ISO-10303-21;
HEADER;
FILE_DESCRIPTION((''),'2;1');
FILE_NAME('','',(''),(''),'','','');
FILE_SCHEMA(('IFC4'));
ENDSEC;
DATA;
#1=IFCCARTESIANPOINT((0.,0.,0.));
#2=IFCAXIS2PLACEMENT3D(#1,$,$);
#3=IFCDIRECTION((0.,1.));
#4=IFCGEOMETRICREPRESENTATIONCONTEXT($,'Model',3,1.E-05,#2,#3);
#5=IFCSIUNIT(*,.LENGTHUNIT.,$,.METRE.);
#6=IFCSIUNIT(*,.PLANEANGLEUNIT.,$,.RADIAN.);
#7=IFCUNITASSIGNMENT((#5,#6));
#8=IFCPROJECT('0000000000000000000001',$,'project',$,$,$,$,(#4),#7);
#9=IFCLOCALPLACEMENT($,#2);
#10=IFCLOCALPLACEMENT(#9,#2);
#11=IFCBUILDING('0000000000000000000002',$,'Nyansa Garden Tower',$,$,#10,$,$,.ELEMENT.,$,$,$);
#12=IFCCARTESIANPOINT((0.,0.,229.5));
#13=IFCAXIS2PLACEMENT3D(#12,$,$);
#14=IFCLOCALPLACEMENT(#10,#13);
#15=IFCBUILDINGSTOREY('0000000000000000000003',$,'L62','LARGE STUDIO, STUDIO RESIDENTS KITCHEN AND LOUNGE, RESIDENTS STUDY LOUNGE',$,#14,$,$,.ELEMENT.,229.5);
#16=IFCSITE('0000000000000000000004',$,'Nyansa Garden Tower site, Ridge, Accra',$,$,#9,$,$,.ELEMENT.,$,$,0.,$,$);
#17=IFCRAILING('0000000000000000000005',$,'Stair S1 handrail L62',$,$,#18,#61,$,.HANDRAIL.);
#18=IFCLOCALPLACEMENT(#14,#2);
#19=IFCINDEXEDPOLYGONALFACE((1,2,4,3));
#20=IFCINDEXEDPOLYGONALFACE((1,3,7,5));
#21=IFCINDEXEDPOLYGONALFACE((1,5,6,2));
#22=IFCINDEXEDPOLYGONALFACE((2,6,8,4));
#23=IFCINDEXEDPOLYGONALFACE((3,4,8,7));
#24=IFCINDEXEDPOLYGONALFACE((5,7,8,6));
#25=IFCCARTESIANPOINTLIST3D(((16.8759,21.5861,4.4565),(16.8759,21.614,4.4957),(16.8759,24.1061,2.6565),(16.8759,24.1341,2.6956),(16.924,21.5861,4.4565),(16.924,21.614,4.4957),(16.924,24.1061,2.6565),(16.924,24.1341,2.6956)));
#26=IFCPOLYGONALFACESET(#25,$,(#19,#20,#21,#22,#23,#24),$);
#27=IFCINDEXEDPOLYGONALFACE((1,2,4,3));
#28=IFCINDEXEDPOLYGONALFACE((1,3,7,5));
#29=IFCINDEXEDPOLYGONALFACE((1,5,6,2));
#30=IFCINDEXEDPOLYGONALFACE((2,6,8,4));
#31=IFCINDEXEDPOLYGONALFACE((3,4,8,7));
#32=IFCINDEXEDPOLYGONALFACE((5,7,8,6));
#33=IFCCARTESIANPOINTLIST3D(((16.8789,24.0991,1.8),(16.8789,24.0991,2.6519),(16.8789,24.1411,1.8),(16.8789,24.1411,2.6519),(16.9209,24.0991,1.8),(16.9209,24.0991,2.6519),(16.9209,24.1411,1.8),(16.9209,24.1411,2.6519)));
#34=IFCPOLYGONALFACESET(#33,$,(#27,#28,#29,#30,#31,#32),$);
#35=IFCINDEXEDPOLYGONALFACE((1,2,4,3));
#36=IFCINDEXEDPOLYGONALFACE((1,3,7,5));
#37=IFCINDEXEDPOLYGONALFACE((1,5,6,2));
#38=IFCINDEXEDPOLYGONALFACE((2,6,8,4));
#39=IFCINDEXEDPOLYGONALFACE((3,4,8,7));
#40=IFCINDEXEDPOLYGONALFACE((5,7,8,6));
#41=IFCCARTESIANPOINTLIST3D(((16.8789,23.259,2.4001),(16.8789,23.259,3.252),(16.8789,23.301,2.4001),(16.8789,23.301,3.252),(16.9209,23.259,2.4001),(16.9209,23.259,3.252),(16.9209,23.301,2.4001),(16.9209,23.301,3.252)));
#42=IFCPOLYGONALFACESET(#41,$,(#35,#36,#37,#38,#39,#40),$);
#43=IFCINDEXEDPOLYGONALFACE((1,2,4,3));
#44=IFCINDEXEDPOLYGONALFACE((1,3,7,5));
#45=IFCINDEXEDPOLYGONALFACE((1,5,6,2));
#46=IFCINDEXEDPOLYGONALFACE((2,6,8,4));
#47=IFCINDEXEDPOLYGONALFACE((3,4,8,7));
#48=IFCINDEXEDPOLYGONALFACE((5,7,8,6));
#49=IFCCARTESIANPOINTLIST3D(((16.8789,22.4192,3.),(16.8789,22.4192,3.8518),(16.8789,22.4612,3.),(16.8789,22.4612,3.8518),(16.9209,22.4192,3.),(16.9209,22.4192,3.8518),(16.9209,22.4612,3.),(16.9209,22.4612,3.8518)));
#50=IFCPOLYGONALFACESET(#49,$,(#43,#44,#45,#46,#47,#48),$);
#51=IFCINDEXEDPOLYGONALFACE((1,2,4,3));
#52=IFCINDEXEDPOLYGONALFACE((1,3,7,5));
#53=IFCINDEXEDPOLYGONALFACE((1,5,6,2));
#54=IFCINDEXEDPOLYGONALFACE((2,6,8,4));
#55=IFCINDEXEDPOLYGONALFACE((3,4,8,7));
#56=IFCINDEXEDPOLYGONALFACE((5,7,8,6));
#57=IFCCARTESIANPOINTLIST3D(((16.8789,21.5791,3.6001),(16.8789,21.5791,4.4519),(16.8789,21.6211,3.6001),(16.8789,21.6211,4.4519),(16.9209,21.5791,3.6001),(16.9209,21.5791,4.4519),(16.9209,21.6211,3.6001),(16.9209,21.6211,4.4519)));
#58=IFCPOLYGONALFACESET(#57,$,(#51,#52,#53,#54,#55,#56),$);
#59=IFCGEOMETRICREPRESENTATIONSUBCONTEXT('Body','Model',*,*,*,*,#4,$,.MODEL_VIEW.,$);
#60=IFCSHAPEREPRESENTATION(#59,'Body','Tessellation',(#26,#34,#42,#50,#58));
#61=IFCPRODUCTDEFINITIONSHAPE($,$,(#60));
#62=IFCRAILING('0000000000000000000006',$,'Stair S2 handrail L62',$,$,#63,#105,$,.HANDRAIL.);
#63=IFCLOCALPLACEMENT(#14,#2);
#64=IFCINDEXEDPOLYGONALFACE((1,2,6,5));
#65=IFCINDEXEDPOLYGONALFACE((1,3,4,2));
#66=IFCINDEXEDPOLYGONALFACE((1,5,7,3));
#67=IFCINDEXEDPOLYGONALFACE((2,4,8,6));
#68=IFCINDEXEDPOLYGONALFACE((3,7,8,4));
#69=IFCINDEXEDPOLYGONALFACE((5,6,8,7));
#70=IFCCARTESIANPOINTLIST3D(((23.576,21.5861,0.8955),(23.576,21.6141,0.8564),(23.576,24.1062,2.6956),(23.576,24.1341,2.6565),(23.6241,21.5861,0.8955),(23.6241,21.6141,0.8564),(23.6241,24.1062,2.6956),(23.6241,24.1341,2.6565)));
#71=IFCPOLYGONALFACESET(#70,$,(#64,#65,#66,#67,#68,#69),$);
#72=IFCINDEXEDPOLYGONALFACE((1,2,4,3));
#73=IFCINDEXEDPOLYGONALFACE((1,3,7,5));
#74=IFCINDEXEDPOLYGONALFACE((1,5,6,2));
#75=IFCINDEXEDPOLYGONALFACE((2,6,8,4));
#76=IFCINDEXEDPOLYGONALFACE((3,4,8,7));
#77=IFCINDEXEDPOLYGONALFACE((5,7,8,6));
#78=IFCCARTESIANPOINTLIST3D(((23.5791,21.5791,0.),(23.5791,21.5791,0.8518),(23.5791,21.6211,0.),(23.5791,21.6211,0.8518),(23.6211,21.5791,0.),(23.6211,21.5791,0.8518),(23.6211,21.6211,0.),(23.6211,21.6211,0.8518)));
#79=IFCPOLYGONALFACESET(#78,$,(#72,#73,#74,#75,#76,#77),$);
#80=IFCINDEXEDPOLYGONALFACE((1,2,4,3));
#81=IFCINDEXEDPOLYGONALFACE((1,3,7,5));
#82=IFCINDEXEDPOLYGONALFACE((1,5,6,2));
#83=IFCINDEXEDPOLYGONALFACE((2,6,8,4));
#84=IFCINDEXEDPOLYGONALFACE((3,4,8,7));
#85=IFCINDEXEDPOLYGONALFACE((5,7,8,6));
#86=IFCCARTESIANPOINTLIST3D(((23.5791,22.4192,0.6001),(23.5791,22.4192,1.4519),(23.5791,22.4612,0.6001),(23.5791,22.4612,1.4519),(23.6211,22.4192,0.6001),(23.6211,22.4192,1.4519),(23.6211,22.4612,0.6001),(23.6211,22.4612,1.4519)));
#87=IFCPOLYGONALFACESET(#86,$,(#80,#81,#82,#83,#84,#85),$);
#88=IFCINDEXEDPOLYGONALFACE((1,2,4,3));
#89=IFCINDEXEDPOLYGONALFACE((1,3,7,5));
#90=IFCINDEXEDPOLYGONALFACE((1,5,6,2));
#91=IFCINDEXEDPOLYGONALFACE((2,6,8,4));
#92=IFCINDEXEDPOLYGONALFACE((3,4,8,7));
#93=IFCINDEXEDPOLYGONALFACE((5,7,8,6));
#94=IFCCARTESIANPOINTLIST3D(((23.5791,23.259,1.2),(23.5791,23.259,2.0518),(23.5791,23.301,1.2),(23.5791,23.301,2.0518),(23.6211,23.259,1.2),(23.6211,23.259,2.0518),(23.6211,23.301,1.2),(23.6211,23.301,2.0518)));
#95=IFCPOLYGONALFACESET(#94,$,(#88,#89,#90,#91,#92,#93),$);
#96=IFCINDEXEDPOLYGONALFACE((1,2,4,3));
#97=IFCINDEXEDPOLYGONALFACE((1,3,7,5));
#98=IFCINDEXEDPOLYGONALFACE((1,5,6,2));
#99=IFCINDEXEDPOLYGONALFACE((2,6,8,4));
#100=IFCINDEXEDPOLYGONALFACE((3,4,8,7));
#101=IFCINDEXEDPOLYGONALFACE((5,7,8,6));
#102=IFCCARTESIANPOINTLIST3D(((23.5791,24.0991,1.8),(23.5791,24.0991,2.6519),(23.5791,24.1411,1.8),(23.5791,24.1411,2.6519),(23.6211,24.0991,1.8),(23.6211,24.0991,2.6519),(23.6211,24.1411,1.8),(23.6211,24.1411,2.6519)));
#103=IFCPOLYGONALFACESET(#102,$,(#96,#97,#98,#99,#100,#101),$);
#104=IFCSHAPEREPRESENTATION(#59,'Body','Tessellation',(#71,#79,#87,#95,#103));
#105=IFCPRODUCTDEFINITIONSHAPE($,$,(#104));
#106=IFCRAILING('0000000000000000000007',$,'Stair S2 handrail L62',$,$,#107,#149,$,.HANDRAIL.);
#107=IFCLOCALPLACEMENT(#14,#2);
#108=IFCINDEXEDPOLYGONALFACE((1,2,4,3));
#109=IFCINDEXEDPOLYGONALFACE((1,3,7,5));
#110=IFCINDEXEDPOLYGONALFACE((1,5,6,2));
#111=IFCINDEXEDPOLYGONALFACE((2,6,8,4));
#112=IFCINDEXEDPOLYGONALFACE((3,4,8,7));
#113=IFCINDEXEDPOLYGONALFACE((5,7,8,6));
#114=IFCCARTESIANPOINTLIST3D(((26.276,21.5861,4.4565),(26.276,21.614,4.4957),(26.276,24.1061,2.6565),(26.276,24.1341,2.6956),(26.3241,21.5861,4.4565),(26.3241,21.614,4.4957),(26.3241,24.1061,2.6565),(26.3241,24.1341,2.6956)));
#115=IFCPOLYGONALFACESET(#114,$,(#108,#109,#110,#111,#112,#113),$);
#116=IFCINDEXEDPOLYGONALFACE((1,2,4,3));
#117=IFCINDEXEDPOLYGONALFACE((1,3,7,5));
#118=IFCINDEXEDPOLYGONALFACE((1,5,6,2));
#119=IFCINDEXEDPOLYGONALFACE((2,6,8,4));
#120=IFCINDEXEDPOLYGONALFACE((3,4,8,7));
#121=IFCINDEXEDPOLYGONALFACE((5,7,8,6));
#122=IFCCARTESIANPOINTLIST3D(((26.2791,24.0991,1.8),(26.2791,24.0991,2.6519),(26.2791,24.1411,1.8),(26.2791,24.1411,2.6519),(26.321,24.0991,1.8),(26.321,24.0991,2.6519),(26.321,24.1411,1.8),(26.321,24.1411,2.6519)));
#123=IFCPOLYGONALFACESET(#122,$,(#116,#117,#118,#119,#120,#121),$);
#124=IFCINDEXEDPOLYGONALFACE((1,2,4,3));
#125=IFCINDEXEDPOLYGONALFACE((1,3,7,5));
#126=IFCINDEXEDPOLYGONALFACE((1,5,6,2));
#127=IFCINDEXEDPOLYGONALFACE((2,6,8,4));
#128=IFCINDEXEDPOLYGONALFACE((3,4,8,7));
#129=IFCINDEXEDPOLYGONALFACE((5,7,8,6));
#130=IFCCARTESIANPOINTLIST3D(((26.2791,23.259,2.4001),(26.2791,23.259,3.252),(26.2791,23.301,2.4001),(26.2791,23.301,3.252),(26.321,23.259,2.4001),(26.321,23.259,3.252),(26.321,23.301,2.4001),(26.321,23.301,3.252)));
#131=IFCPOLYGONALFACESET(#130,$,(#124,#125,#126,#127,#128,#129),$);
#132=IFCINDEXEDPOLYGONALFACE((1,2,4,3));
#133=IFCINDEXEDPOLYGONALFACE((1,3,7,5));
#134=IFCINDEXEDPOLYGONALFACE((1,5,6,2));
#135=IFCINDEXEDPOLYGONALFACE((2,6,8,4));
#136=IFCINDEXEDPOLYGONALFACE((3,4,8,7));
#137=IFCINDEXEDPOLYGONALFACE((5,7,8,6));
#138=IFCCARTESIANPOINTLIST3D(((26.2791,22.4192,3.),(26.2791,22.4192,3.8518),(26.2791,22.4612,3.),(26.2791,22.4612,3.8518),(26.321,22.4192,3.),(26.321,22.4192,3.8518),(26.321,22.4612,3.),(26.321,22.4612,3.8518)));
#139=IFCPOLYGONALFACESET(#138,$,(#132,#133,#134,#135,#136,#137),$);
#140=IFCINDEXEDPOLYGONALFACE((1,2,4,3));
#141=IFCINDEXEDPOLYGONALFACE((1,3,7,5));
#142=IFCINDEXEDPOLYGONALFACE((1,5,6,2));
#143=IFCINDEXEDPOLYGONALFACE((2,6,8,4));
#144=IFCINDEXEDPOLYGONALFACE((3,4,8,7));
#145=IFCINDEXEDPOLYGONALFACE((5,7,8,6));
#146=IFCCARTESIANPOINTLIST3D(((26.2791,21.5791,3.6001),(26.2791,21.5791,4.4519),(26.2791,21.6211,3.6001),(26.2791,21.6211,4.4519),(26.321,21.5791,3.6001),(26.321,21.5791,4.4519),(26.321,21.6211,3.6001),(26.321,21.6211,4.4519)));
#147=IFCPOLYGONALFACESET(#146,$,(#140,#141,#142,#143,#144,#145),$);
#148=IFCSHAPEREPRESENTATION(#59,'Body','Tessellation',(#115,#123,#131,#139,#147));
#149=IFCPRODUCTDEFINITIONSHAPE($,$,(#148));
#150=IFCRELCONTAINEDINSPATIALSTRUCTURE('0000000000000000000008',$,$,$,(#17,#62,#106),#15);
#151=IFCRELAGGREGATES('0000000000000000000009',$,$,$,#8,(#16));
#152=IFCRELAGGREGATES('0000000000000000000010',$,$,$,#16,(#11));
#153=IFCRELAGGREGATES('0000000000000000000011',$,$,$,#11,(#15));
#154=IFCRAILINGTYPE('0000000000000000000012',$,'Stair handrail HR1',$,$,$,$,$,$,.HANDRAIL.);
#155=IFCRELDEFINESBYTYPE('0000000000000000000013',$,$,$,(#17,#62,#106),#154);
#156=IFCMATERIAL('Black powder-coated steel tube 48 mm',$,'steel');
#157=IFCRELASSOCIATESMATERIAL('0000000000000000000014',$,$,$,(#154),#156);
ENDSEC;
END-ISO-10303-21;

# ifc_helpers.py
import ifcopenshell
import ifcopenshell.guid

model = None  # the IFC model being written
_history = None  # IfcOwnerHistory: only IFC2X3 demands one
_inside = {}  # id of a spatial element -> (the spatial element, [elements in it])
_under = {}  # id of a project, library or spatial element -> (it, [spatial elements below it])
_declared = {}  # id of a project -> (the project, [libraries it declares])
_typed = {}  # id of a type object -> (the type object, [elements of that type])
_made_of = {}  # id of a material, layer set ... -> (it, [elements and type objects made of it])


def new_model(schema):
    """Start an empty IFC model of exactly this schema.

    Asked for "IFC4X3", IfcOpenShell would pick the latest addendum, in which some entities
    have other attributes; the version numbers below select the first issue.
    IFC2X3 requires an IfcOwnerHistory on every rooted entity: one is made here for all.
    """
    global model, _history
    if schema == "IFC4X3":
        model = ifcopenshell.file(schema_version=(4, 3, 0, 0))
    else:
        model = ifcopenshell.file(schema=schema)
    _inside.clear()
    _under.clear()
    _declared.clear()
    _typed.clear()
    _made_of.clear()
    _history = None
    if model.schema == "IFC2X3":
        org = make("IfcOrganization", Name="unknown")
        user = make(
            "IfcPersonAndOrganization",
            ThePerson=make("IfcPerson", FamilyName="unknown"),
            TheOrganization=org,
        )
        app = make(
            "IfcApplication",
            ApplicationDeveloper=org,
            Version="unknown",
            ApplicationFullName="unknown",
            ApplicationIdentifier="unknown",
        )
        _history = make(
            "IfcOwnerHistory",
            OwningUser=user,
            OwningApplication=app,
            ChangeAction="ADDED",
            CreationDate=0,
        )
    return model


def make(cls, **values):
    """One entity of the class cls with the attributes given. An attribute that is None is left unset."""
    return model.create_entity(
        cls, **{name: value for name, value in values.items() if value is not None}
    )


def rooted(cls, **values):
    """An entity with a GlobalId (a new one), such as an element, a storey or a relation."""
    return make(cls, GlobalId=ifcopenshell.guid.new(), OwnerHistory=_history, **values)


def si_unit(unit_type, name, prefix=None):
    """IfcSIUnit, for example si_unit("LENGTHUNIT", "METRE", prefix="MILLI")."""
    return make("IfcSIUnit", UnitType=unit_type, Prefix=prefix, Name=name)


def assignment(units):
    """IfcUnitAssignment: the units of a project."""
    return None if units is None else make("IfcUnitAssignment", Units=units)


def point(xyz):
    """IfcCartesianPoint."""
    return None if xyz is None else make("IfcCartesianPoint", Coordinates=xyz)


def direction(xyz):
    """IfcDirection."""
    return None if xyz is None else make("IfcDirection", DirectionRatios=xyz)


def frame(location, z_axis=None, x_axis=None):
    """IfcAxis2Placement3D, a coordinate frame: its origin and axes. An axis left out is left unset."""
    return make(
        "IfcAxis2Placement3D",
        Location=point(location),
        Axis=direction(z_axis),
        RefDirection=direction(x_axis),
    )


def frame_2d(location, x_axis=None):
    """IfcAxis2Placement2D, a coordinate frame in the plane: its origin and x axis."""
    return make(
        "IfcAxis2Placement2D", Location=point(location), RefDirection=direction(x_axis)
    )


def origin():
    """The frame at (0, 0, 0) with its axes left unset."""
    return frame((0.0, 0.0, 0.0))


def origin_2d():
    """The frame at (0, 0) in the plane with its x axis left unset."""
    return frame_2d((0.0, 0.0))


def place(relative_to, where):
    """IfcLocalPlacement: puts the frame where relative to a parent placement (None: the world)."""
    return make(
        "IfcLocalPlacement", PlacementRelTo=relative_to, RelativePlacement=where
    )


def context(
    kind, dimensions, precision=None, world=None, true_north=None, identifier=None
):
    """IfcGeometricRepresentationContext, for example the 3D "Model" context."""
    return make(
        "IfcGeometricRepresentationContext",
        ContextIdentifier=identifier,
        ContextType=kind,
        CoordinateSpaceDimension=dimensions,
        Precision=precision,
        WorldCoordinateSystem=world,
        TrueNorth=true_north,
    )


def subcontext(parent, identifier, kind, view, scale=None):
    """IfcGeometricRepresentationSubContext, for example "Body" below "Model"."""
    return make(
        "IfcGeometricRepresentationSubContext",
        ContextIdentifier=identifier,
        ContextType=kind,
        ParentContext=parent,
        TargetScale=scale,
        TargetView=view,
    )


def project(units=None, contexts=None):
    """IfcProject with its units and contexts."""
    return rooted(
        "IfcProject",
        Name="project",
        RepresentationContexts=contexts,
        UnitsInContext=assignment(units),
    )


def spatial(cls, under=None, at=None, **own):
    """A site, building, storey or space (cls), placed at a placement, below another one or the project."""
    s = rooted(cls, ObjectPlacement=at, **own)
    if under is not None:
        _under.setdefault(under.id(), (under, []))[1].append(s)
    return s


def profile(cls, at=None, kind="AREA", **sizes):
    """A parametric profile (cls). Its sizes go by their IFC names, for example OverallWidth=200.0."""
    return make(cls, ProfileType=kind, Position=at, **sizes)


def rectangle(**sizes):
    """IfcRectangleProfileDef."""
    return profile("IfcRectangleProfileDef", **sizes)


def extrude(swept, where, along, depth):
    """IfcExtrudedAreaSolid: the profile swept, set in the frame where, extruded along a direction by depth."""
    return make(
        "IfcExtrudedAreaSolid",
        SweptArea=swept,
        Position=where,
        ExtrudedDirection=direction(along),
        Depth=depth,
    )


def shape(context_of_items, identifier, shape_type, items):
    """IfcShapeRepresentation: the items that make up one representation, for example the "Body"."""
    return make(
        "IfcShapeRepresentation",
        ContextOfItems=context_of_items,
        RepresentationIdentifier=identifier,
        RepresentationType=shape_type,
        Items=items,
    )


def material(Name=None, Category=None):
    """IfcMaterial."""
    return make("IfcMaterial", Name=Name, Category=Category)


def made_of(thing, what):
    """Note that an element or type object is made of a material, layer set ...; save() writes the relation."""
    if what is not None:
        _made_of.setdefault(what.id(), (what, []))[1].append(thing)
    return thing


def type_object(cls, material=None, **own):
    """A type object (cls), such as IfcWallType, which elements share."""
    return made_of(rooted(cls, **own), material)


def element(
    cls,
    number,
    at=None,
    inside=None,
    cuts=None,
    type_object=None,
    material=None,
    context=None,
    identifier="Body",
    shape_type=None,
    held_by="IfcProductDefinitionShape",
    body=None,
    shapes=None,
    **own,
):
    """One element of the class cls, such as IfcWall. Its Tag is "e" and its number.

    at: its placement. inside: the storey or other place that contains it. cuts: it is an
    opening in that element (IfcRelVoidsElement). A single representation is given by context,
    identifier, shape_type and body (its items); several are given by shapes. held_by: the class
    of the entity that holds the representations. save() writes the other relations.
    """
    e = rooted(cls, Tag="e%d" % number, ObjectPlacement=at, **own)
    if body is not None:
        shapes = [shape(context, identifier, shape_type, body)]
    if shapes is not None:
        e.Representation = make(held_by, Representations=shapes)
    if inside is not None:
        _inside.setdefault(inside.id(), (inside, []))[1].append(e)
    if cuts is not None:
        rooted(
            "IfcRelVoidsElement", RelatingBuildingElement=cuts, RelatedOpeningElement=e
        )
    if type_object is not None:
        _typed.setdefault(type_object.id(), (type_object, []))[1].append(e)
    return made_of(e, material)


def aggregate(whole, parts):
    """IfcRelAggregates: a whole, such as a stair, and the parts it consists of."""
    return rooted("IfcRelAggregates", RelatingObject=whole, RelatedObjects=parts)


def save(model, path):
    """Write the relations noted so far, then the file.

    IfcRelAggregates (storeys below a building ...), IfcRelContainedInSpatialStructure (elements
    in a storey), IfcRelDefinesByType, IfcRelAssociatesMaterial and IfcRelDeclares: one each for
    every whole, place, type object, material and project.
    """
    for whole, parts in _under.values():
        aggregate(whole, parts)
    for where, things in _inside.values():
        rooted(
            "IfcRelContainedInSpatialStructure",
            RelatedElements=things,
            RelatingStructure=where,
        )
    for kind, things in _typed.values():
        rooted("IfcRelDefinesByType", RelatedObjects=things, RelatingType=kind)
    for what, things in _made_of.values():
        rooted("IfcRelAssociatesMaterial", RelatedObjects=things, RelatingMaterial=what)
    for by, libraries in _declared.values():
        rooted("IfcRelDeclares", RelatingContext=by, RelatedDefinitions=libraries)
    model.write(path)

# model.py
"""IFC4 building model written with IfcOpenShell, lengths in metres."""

from ifc_helpers import new_model, si_unit, direction, frame, origin, origin_2d, place, context, subcontext, project, spatial, rectangle, extrude, material, type_object, element, save


model = new_model("IFC4")

# Units and contexts
model_context = context("Model", 3, precision=1e-05, world=origin(), true_north=direction((0.0, 1.0)))
body_context = subcontext(model_context, "Body", "Model", "MODEL_VIEW")
ifc_project = project(units=[si_unit("LENGTHUNIT", "METRE"), si_unit("PLANEANGLEUNIT", "RADIAN")], contexts=[model_context])

# Site, building, storey
site_placement = place(None, origin())
site = spatial("IfcSite", under=ifc_project, at=site_placement, Name="Nyansa Garden Tower site, Ridge, Accra", CompositionType="ELEMENT", RefElevation=0.0)
building_placement = place(site_placement, origin())
building = spatial("IfcBuilding", under=site, at=building_placement, Name="Nyansa Garden Tower", CompositionType="ELEMENT")
storey_placement = place(building_placement, frame((0.0, 0.0, 229.5)))
storey = spatial("IfcBuildingStorey", under=building, at=storey_placement, Name="L62", Description="LARGE STUDIO, STUDIO RESIDENTS KITCHEN AND LOUNGE, RESIDENTS STUDY LOUNGE", CompositionType="ELEMENT", Elevation=229.5)

# Railings
ifc_material_1 = material(Name="Black powder-coated steel tube 48 mm", Category="steel")
railing_type = type_object("IfcRailingType", Name="Stair handrail HR1", PredefinedType="HANDRAIL", material=ifc_material_1)
railing_1_placement = place(storey_placement, frame((16.8999, 24.1201, 1.8)))
element("IfcRailing", 1, at=railing_1_placement, inside=storey, type_object=railing_type, Name="Stair S1 handrail L62", PredefinedType="HANDRAIL", context=body_context, shape_type="SweptSolid", body=[
    extrude(rectangle(XDim=0.0481, YDim=0.0481, at=origin_2d()), frame((0.0, 0.0, 0.876), z_axis=(0.0, -0.813728, 0.581246), x_axis=(1.0, 0.0, 0.0)), (0.0, 0.0, 1.0), 3.0969),
    extrude(rectangle(XDim=0.042, YDim=0.042, at=origin_2d()), origin(), (0.0, 0.0, 1.0), 0.8518),
    extrude(rectangle(XDim=0.042, YDim=0.042, at=origin_2d()), frame((0.0, -0.8401, 0.6001)), (0.0, 0.0, 1.0), 0.8518),
    extrude(rectangle(XDim=0.042, YDim=0.042, at=origin_2d()), frame((0.0, -1.6799, 1.2)), (0.0, 0.0, 1.0), 0.8518),
    extrude(rectangle(XDim=0.042, YDim=0.042, at=origin_2d()), frame((0.0, -2.52, 1.8)), (0.0, 0.0, 1.0), 0.8518),
])
railing_2_placement = place(storey_placement, frame((23.6001, 21.6001, 0.0)))
element("IfcRailing", 2, at=railing_2_placement, inside=storey, type_object=railing_type, Name="Stair S2 handrail L62", PredefinedType="HANDRAIL", context=body_context, shape_type="SweptSolid", body=[
    extrude(rectangle(XDim=0.0481, YDim=0.0481, at=origin_2d()), frame((0.0, 0.0, 0.876), z_axis=(0.0, 0.813728, 0.581246), x_axis=(-1.0, 0.0, 0.0)), (0.0, 0.0, 1.0), 3.0969),
    extrude(rectangle(XDim=0.042, YDim=0.042, at=origin_2d()), origin(), (0.0, 0.0, 1.0), 0.8518),
    extrude(rectangle(XDim=0.042, YDim=0.042, at=origin_2d()), frame((0.0, 0.8401, 0.6001)), (0.0, 0.0, 1.0), 0.8518),
    extrude(rectangle(XDim=0.042, YDim=0.042, at=origin_2d()), frame((0.0, 1.6799, 1.2)), (0.0, 0.0, 1.0), 0.8518),
    extrude(rectangle(XDim=0.042, YDim=0.042, at=origin_2d()), frame((0.0, 2.52, 1.8)), (0.0, 0.0, 1.0), 0.8518),
])
railing_3_placement = place(storey_placement, frame((26.3, 24.1201, 1.8)))
element("IfcRailing", 3, at=railing_3_placement, inside=storey, type_object=railing_type, Name="Stair S2 handrail L62", PredefinedType="HANDRAIL", context=body_context, shape_type="SweptSolid", body=[
    extrude(rectangle(XDim=0.0481, YDim=0.0481, at=origin_2d()), frame((0.0, 0.0, 0.876), z_axis=(0.0, -0.813728, 0.581246), x_axis=(1.0, 0.0, 0.0)), (0.0, 0.0, 1.0), 3.0969),
    extrude(rectangle(XDim=0.042, YDim=0.042, at=origin_2d()), origin(), (0.0, 0.0, 1.0), 0.8518),
    extrude(rectangle(XDim=0.042, YDim=0.042, at=origin_2d()), frame((0.0, -0.8401, 0.6001)), (0.0, 0.0, 1.0), 0.8518),
    extrude(rectangle(XDim=0.042, YDim=0.042, at=origin_2d()), frame((0.0, -1.6799, 1.2)), (0.0, 0.0, 1.0), 0.8518),
    extrude(rectangle(XDim=0.042, YDim=0.042, at=origin_2d()), frame((0.0, -2.52, 1.8)), (0.0, 0.0, 1.0), 0.8518),
])

save(model, "model.ifc")
